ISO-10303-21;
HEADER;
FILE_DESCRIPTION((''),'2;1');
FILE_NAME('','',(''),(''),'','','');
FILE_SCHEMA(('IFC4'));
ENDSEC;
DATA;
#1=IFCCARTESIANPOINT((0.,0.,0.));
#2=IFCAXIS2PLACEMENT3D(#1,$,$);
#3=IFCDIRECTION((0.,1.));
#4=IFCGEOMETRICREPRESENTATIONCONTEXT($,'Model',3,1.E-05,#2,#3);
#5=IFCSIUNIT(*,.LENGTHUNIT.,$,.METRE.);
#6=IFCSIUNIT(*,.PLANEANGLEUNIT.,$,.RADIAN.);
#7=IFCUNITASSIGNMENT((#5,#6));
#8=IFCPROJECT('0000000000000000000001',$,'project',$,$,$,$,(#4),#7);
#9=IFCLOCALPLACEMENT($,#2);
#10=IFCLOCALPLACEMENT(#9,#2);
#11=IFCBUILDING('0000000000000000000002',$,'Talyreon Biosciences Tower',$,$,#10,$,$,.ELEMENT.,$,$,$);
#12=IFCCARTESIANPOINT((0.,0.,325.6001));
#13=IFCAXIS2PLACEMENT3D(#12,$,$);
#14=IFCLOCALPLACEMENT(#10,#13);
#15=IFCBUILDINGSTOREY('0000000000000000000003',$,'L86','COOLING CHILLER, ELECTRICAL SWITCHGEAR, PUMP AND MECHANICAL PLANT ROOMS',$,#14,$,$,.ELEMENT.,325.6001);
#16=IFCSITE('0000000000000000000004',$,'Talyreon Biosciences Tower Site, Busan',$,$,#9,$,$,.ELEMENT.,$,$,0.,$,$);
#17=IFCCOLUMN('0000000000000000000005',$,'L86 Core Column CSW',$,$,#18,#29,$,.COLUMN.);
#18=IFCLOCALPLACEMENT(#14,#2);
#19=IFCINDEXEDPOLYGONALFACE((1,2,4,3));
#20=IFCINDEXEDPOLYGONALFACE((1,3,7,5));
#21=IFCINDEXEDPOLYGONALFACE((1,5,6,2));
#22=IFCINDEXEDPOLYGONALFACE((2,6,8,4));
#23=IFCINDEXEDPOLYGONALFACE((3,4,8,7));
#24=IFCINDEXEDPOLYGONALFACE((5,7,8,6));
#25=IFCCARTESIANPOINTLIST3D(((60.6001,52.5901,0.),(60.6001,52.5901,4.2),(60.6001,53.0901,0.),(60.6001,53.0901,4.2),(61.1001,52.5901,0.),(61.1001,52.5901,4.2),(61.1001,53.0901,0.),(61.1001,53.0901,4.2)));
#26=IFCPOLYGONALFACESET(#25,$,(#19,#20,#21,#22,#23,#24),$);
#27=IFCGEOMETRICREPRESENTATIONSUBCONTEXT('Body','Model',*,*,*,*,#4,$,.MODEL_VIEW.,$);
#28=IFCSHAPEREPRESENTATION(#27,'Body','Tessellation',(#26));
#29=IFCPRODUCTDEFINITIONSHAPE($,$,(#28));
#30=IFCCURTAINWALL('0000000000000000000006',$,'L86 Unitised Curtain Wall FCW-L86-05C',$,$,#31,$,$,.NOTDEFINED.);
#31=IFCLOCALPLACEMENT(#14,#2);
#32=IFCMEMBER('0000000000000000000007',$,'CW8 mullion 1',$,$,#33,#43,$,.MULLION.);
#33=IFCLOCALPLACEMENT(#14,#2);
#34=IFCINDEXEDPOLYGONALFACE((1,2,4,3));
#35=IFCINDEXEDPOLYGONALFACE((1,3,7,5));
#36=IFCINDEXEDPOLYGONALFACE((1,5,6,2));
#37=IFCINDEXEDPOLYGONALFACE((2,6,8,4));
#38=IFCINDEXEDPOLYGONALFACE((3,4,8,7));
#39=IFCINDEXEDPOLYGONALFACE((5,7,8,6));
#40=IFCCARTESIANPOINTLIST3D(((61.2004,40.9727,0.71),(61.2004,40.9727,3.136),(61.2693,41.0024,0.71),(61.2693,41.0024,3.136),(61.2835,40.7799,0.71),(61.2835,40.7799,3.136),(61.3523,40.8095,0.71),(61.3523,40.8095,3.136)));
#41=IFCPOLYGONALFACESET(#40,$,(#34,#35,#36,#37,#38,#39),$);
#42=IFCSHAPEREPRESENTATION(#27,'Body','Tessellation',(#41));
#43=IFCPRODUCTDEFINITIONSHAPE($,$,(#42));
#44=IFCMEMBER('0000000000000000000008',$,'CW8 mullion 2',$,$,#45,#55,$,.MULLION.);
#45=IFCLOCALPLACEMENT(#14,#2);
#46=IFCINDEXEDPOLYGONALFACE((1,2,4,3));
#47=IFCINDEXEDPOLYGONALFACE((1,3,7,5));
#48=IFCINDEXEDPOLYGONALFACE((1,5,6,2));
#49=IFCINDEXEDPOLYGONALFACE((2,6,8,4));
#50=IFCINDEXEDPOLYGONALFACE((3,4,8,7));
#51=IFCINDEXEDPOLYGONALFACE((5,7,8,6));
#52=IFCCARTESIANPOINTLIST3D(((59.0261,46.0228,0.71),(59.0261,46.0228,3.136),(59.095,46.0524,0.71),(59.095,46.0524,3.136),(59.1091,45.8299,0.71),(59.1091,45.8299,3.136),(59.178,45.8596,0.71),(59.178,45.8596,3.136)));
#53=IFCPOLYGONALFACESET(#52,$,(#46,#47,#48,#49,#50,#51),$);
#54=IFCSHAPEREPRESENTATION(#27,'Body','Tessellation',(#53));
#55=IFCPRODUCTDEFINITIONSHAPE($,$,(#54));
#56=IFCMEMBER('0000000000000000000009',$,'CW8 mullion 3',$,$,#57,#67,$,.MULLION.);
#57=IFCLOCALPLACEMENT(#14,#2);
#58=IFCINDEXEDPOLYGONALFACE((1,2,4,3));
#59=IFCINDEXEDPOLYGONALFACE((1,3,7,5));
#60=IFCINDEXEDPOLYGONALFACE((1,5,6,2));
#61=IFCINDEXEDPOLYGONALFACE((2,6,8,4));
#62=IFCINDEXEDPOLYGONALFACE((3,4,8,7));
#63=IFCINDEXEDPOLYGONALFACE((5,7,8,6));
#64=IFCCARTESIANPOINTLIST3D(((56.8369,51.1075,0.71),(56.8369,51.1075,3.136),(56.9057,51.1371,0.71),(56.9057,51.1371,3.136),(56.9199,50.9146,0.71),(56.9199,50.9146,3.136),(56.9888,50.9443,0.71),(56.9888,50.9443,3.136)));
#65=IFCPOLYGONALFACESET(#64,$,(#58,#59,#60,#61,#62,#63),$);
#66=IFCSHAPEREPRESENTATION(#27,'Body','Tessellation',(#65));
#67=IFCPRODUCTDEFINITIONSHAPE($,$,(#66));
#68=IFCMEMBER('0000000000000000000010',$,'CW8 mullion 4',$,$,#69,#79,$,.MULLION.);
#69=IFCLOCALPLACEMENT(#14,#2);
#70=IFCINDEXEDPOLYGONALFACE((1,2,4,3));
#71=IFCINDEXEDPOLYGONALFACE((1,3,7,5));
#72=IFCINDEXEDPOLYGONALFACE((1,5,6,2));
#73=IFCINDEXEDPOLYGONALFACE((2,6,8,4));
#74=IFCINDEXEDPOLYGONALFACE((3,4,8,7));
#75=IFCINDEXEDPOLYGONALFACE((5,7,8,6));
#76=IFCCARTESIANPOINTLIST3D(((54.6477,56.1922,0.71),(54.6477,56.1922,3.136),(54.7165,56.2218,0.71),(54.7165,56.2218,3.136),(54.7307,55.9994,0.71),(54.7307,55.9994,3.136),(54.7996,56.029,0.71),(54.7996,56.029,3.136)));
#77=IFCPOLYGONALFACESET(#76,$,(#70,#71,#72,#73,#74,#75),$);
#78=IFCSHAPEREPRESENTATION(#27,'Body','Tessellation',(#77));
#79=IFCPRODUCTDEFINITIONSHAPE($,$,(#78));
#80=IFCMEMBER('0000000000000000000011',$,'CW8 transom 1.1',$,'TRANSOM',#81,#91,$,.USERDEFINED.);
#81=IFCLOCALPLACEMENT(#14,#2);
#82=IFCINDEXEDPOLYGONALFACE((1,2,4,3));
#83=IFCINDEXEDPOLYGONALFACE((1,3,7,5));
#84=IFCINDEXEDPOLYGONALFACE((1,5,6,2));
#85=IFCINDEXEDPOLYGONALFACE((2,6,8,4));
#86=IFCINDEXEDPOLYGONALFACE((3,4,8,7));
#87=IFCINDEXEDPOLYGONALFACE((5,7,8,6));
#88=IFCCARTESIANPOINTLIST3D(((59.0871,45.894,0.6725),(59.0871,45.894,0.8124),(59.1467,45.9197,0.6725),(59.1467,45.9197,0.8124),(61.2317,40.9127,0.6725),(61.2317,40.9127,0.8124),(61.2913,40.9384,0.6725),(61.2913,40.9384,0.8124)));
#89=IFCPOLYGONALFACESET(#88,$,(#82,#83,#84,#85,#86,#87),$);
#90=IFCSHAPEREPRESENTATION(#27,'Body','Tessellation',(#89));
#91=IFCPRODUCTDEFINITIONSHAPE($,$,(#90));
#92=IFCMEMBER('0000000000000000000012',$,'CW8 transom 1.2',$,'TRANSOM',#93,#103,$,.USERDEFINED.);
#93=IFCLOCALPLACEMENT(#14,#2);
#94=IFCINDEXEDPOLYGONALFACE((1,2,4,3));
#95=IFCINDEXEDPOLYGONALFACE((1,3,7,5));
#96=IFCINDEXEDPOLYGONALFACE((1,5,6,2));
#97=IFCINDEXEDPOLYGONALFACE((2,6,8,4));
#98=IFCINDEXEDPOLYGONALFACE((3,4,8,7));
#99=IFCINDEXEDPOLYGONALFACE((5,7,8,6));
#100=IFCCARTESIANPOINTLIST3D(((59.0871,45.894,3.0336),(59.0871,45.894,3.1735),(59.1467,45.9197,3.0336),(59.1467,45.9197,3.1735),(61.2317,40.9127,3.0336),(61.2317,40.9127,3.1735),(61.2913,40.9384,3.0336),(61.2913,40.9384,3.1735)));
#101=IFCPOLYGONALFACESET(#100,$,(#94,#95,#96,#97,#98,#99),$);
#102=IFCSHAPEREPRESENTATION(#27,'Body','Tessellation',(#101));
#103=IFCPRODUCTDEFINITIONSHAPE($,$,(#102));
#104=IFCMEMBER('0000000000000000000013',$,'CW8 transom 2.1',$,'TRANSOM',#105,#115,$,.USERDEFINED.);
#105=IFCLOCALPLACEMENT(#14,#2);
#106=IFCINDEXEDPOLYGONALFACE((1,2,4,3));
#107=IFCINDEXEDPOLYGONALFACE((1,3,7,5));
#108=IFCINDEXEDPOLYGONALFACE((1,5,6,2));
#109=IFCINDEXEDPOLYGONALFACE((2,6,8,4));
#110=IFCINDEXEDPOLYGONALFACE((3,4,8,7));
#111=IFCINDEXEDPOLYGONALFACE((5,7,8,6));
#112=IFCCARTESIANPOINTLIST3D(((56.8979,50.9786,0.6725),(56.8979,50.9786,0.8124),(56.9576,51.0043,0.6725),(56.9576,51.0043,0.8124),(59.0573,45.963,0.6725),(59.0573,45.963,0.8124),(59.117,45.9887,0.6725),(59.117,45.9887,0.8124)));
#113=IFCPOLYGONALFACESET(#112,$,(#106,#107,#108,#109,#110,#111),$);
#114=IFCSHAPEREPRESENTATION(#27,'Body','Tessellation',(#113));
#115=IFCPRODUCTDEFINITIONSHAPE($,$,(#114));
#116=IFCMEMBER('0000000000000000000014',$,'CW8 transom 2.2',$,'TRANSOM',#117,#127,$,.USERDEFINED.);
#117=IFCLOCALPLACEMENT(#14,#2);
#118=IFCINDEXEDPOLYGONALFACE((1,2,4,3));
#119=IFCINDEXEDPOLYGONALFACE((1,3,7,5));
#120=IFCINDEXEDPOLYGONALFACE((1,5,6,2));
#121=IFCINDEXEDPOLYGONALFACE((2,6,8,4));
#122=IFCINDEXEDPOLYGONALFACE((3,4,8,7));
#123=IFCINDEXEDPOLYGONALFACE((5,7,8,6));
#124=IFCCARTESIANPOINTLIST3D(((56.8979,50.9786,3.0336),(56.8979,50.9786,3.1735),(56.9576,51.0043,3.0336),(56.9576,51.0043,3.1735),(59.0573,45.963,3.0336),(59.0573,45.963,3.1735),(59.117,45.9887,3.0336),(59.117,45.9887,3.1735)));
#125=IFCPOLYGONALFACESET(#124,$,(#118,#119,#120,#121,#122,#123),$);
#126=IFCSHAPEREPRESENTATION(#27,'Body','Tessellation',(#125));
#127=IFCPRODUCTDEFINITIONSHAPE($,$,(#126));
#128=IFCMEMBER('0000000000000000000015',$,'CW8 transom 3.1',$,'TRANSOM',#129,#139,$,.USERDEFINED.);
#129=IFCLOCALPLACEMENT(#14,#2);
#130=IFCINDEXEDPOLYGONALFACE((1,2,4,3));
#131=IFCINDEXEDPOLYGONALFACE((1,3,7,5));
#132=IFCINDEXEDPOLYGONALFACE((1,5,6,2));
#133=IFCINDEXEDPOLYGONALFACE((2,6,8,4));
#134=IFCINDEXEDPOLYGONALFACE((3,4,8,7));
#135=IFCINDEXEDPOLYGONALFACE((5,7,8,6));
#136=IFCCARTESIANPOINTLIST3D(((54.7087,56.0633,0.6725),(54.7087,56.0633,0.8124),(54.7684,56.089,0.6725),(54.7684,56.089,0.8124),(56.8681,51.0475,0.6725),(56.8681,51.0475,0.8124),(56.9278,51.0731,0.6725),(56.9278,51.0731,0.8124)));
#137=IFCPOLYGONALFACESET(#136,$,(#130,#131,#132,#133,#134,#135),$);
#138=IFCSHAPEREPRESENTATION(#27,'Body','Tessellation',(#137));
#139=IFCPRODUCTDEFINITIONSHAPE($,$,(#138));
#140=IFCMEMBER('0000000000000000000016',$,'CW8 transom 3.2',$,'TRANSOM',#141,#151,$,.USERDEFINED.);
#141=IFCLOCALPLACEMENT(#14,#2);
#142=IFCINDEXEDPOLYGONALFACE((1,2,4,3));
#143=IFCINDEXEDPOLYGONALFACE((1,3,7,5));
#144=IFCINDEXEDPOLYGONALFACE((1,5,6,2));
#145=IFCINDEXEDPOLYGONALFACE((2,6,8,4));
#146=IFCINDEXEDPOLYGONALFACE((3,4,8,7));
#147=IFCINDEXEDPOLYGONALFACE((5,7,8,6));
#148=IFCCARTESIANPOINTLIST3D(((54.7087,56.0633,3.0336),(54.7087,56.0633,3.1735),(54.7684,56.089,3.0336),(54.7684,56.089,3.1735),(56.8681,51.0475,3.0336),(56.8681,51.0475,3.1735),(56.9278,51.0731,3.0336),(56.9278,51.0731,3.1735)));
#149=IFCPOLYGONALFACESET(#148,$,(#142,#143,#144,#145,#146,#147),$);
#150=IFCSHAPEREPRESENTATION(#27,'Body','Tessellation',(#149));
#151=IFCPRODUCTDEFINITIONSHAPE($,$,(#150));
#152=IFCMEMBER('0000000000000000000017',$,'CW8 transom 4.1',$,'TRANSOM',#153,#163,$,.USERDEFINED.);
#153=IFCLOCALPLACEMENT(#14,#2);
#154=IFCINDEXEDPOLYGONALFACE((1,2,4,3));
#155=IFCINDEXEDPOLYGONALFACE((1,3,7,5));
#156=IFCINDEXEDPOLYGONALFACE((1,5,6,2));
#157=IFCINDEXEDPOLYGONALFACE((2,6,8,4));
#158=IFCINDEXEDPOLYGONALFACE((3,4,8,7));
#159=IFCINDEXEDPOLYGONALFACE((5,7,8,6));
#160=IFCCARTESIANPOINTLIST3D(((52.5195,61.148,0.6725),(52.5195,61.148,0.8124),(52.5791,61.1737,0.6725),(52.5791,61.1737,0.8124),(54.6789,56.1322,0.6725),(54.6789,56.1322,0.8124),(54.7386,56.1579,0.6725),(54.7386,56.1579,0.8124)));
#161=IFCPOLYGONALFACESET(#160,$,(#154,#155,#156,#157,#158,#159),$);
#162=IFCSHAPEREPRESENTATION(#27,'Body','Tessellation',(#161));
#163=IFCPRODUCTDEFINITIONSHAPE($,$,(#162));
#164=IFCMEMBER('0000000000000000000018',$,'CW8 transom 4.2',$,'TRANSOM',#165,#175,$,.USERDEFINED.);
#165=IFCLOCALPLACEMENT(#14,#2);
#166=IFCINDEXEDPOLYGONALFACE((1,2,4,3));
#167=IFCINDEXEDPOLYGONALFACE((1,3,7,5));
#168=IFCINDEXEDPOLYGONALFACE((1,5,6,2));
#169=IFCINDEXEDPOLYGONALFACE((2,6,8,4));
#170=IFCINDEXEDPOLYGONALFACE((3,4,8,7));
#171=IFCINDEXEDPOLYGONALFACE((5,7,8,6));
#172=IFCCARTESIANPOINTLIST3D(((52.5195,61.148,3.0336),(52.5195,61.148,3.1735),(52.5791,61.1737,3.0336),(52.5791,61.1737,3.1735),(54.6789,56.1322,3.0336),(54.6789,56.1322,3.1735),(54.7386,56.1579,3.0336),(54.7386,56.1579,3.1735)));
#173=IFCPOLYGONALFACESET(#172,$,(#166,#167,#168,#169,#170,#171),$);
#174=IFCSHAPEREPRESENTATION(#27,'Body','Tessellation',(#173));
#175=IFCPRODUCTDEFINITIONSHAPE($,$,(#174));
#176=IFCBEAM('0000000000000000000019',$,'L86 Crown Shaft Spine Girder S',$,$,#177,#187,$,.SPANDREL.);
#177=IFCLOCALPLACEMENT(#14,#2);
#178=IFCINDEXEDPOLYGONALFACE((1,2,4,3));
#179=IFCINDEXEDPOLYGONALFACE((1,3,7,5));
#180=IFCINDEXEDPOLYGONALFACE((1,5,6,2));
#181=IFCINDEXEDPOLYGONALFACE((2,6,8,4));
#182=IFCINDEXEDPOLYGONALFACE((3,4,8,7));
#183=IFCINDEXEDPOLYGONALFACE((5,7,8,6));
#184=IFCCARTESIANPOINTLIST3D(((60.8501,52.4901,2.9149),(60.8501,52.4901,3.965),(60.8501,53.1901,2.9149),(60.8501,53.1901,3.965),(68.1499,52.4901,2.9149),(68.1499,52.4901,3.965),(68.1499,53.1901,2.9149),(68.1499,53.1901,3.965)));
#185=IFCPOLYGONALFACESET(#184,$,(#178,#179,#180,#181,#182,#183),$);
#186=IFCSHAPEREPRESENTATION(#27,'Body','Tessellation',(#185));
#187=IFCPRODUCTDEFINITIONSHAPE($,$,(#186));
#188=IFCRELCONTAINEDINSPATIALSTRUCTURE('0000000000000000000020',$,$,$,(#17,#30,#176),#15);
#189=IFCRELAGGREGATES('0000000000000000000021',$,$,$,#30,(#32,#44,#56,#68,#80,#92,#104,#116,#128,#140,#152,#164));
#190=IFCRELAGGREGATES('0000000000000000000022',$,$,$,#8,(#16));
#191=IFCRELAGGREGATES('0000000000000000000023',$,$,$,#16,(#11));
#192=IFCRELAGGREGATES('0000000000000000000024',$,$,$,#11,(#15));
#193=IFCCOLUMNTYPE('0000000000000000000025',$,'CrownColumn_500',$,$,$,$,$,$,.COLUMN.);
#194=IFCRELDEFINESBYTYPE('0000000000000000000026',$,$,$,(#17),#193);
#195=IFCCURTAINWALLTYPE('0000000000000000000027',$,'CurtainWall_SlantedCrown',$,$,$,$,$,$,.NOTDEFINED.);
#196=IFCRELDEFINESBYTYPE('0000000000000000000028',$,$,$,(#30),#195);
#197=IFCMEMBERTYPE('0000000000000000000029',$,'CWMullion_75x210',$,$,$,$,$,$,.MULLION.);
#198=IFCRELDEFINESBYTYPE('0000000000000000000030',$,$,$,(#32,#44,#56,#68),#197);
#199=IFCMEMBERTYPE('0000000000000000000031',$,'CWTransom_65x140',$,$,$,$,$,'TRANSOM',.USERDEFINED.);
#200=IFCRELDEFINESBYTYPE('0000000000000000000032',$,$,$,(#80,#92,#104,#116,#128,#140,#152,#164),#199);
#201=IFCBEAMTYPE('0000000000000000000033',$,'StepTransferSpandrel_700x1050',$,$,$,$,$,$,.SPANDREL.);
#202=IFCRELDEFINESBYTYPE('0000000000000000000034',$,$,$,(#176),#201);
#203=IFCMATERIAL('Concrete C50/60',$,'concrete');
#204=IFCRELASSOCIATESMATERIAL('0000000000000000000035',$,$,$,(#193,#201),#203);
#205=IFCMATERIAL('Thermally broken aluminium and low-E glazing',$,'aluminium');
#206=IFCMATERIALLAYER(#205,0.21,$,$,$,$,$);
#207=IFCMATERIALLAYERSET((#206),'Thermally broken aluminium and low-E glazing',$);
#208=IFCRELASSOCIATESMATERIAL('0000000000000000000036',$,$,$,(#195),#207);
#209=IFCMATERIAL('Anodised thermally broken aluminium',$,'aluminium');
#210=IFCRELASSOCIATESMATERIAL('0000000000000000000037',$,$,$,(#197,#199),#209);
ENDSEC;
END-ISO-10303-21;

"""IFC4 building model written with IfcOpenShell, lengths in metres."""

from ifc_helpers import new_model, si_unit, direction, frame, origin, origin_2d, place, context, subcontext, project, spatial, rectangle, extrude, material, layer, layer_set, material_profile, profile_set, type_object, element, aggregate, save


model = new_model("IFC4")

# Units and contexts
model_context = context("Model", 3, precision=1e-05, world=origin(), true_north=direction((0.0, 1.0)))
body_context = subcontext(model_context, "Body", "Model", "MODEL_VIEW")
ifc_project = project(units=[si_unit("LENGTHUNIT", "METRE"), si_unit("PLANEANGLEUNIT", "RADIAN")], contexts=[model_context])

# Site, building, storey
site_placement = place(None, origin())
site = spatial("IfcSite", under=ifc_project, at=site_placement, Name="Talyreon Biosciences Tower Site, Busan", CompositionType="ELEMENT", RefElevation=0.0)
building_placement = place(site_placement, origin())
building = spatial("IfcBuilding", under=site, at=building_placement, Name="Talyreon Biosciences Tower", CompositionType="ELEMENT")
storey_placement = place(building_placement, frame((0.0, 0.0, 325.6001)))
storey = spatial("IfcBuildingStorey", under=building, at=storey_placement, Name="L86", Description="COOLING CHILLER, ELECTRICAL SWITCHGEAR, PUMP AND MECHANICAL PLANT ROOMS", CompositionType="ELEMENT", Elevation=325.6001)

# Column
ifc_material_1 = material(Name="Concrete C50/60", Category="concrete")
ifc_material_profile_1 = material_profile(ifc_material_1, rectangle(XDim=0.5, YDim=0.5, at=origin_2d()), Name="RC 500x500")
ifc_profile_set_1 = profile_set([ifc_material_profile_1], Name="Concrete C50/60")
column_type = type_object("IfcColumnType", Name="CrownColumn_500", PredefinedType="COLUMN", material=ifc_profile_set_1)
column_placement = place(storey_placement, frame((60.8501, 52.8401, 0.0), z_axis=(0.0, 0.0, 1.0), x_axis=(1.0, 0.0, 0.0)))
element("IfcColumn", 1, at=column_placement, inside=storey, type_object=column_type, Name="L86 Core Column CSW", PredefinedType="COLUMN", context=body_context, shape_type="SweptSolid", body=[
    extrude(rectangle(XDim=0.5, YDim=0.5, at=origin_2d()), origin(), (0.0, 0.0, 1.0), 4.2),
])

# Curtain wall, members
ifc_material_2 = material(Name="Thermally broken aluminium and low-E glazing", Category="aluminium")
ifc_layer_1 = layer(ifc_material_2, 0.21)
ifc_layer_set_1 = layer_set([ifc_layer_1], Name="Thermally broken aluminium and low-E glazing")
curtain_wall_type = type_object("IfcCurtainWallType", Name="CurtainWall_SlantedCrown", PredefinedType="NOTDEFINED", material=ifc_layer_set_1)
curtain_wall_placement = place(storey_placement, origin())
curtain_wall = element("IfcCurtainWall", 2, at=curtain_wall_placement, inside=storey, type_object=curtain_wall_type, Name="L86 Unitised Curtain Wall FCW-L86-05C", PredefinedType="NOTDEFINED")
ifc_material_3 = material(Name="Anodised thermally broken aluminium", Category="aluminium")
ifc_material_profile_2 = material_profile(ifc_material_3, rectangle(XDim=0.075, YDim=0.21, at=origin_2d()), Name="ALUM MULLION 75x210")
ifc_profile_set_2 = profile_set([ifc_material_profile_2], Name="Anodised thermally broken aluminium")
member_type_1 = type_object("IfcMemberType", Name="CWMullion_75x210", PredefinedType="MULLION", material=ifc_profile_set_2)
member_1_placement = place(storey_placement, frame((61.2764, 40.8911, 0.71), z_axis=(0.0, 0.0, 1.0), x_axis=(-0.918487, -0.395451, 0.0)))
member_1 = element("IfcMember", 3, at=member_1_placement, type_object=member_type_1, Name="CW8 mullion 1", PredefinedType="MULLION", context=body_context, shape_type="SweptSolid", body=[
    extrude(rectangle(XDim=0.075, YDim=0.21, at=origin_2d()), origin(), (0.0, 0.0, 1.0), 2.426),
])
member_2_placement = place(storey_placement, frame((59.1021, 45.9412, 0.71), z_axis=(0.0, 0.0, 1.0), x_axis=(-0.918487, -0.395451, 0.0)))
member_2 = element("IfcMember", 4, at=member_2_placement, type_object=member_type_1, Name="CW8 mullion 2", PredefinedType="MULLION", context=body_context, shape_type="SweptSolid", body=[
    extrude(rectangle(XDim=0.075, YDim=0.21, at=origin_2d()), origin(), (0.0, 0.0, 1.0), 2.426),
])
member_3_placement = place(storey_placement, frame((56.9128, 51.0259, 0.71), z_axis=(0.0, 0.0, 1.0), x_axis=(-0.918487, -0.395451, 0.0)))
member_3 = element("IfcMember", 5, at=member_3_placement, type_object=member_type_1, Name="CW8 mullion 3", PredefinedType="MULLION", context=body_context, shape_type="SweptSolid", body=[
    extrude(rectangle(XDim=0.075, YDim=0.21, at=origin_2d()), origin(), (0.0, 0.0, 1.0), 2.426),
])
member_4_placement = place(storey_placement, frame((54.7236, 56.1106, 0.71), z_axis=(0.0, 0.0, 1.0), x_axis=(-0.918487, -0.395451, 0.0)))
member_4 = element("IfcMember", 6, at=member_4_placement, type_object=member_type_1, Name="CW8 mullion 4", PredefinedType="MULLION", context=body_context, shape_type="SweptSolid", body=[
    extrude(rectangle(XDim=0.075, YDim=0.21, at=origin_2d()), origin(), (0.0, 0.0, 1.0), 2.426),
])
ifc_material_profile_3 = material_profile(ifc_material_3, rectangle(XDim=0.0649, YDim=0.1399, at=origin_2d()), Name="ALUM TRANSOM 65x140")
ifc_profile_set_3 = profile_set([ifc_material_profile_3], Name="Anodised thermally broken aluminium")
member_type_2 = type_object("IfcMemberType", Name="CWTransom_65x140", ElementType="TRANSOM", PredefinedType="USERDEFINED", material=ifc_profile_set_3)
member_5_placement = place(storey_placement, frame((61.2615, 40.9255, 0.7424), z_axis=(-0.395435, 0.918494, 0.0), x_axis=(-0.918494, -0.395435, 0.0)))
member_5 = element("IfcMember", 7, at=member_5_placement, type_object=member_type_2, Name="CW8 transom 1.1", ObjectType="TRANSOM", PredefinedType="USERDEFINED", context=body_context, shape_type="SweptSolid", body=[
    extrude(rectangle(XDim=0.0649, YDim=0.1399, at=origin_2d()), origin(), (0.0, 0.0, 1.0), 5.4233),
])
member_6_placement = place(storey_placement, frame((61.2615, 40.9255, 3.1035), z_axis=(-0.395435, 0.918494, 0.0), x_axis=(-0.918494, -0.395435, 0.0)))
member_6 = element("IfcMember", 8, at=member_6_placement, type_object=member_type_2, Name="CW8 transom 1.2", ObjectType="TRANSOM", PredefinedType="USERDEFINED", context=body_context, shape_type="SweptSolid", body=[
    extrude(rectangle(XDim=0.0649, YDim=0.1399, at=origin_2d()), origin(), (0.0, 0.0, 1.0), 5.4233),
])
member_7_placement = place(storey_placement, frame((59.0872, 45.9758, 0.7424), z_axis=(-0.395446, 0.918489, 0.0), x_axis=(-0.918489, -0.395446, 0.0)))
member_7 = element("IfcMember", 9, at=member_7_placement, type_object=member_type_2, Name="CW8 transom 2.1", ObjectType="TRANSOM", PredefinedType="USERDEFINED", context=body_context, shape_type="SweptSolid", body=[
    extrude(rectangle(XDim=0.0649, YDim=0.1399, at=origin_2d()), origin(), (0.0, 0.0, 1.0), 5.4607),
])
member_8_placement = place(storey_placement, frame((59.0872, 45.9758, 3.1035), z_axis=(-0.395446, 0.918489, 0.0), x_axis=(-0.918489, -0.395446, 0.0)))
member_8 = element("IfcMember", 10, at=member_8_placement, type_object=member_type_2, Name="CW8 transom 2.2", ObjectType="TRANSOM", PredefinedType="USERDEFINED", context=body_context, shape_type="SweptSolid", body=[
    extrude(rectangle(XDim=0.0649, YDim=0.1399, at=origin_2d()), origin(), (0.0, 0.0, 1.0), 5.4607),
])
member_9_placement = place(storey_placement, frame((56.8979, 51.0603, 0.7424), z_axis=(-0.39543, 0.918496, 0.0), x_axis=(-0.918496, -0.39543, 0.0)))
member_9 = element("IfcMember", 11, at=member_9_placement, type_object=member_type_2, Name="CW8 transom 3.1", ObjectType="TRANSOM", PredefinedType="USERDEFINED", context=body_context, shape_type="SweptSolid", body=[
    extrude(rectangle(XDim=0.0649, YDim=0.1399, at=origin_2d()), origin(), (0.0, 0.0, 1.0), 5.4609),
])
member_10_placement = place(storey_placement, frame((56.8979, 51.0603, 3.1035), z_axis=(-0.39543, 0.918496, 0.0), x_axis=(-0.918496, -0.39543, 0.0)))
member_10 = element("IfcMember", 12, at=member_10_placement, type_object=member_type_2, Name="CW8 transom 3.2", ObjectType="TRANSOM", PredefinedType="USERDEFINED", context=body_context, shape_type="SweptSolid", body=[
    extrude(rectangle(XDim=0.0649, YDim=0.1399, at=origin_2d()), origin(), (0.0, 0.0, 1.0), 5.4609),
])
member_11_placement = place(storey_placement, frame((54.7087, 56.145, 0.7424), z_axis=(-0.39543, 0.918496, 0.0), x_axis=(-0.918496, -0.39543, 0.0)))
member_11 = element("IfcMember", 13, at=member_11_placement, type_object=member_type_2, Name="CW8 transom 4.1", ObjectType="TRANSOM", PredefinedType="USERDEFINED", context=body_context, shape_type="SweptSolid", body=[
    extrude(rectangle(XDim=0.0649, YDim=0.1399, at=origin_2d()), origin(), (0.0, 0.0, 1.0), 5.4609),
])
member_12_placement = place(storey_placement, frame((54.7087, 56.145, 3.1035), z_axis=(-0.39543, 0.918496, 0.0), x_axis=(-0.918496, -0.39543, 0.0)))
member_12 = element("IfcMember", 14, at=member_12_placement, type_object=member_type_2, Name="CW8 transom 4.2", ObjectType="TRANSOM", PredefinedType="USERDEFINED", context=body_context, shape_type="SweptSolid", body=[
    extrude(rectangle(XDim=0.0649, YDim=0.1399, at=origin_2d()), origin(), (0.0, 0.0, 1.0), 5.4609),
])

# Beam
ifc_material_profile_4 = material_profile(ifc_material_1, rectangle(XDim=0.7, YDim=1.05, at=origin_2d()), Name="RCB 700x1050")
ifc_profile_set_4 = profile_set([ifc_material_profile_4], Name="Concrete C50/60")
beam_type = type_object("IfcBeamType", Name="StepTransferSpandrel_700x1050", PredefinedType="SPANDREL", material=ifc_profile_set_4)
beam_1_placement = place(storey_placement, frame((60.8501, 52.8401, 3.4399), z_axis=(1.0, 0.0, 0.0), x_axis=(0.0, 1.0, 0.0)))
element("IfcBeam", 15, at=beam_1_placement, inside=storey, type_object=beam_type, Name="L86 Crown Shaft Spine Girder S", PredefinedType="SPANDREL", context=body_context, shape_type="SweptSolid", body=[
    extrude(rectangle(XDim=0.7, YDim=1.05, at=origin_2d()), origin(), (0.0, 0.0, 1.0), 7.2998),
])

aggregate(curtain_wall, [member_1, member_2, member_3, member_4, member_5, member_6, member_7, member_8, member_9, member_10, member_11, member_12])

save(model, "model.ifc")
